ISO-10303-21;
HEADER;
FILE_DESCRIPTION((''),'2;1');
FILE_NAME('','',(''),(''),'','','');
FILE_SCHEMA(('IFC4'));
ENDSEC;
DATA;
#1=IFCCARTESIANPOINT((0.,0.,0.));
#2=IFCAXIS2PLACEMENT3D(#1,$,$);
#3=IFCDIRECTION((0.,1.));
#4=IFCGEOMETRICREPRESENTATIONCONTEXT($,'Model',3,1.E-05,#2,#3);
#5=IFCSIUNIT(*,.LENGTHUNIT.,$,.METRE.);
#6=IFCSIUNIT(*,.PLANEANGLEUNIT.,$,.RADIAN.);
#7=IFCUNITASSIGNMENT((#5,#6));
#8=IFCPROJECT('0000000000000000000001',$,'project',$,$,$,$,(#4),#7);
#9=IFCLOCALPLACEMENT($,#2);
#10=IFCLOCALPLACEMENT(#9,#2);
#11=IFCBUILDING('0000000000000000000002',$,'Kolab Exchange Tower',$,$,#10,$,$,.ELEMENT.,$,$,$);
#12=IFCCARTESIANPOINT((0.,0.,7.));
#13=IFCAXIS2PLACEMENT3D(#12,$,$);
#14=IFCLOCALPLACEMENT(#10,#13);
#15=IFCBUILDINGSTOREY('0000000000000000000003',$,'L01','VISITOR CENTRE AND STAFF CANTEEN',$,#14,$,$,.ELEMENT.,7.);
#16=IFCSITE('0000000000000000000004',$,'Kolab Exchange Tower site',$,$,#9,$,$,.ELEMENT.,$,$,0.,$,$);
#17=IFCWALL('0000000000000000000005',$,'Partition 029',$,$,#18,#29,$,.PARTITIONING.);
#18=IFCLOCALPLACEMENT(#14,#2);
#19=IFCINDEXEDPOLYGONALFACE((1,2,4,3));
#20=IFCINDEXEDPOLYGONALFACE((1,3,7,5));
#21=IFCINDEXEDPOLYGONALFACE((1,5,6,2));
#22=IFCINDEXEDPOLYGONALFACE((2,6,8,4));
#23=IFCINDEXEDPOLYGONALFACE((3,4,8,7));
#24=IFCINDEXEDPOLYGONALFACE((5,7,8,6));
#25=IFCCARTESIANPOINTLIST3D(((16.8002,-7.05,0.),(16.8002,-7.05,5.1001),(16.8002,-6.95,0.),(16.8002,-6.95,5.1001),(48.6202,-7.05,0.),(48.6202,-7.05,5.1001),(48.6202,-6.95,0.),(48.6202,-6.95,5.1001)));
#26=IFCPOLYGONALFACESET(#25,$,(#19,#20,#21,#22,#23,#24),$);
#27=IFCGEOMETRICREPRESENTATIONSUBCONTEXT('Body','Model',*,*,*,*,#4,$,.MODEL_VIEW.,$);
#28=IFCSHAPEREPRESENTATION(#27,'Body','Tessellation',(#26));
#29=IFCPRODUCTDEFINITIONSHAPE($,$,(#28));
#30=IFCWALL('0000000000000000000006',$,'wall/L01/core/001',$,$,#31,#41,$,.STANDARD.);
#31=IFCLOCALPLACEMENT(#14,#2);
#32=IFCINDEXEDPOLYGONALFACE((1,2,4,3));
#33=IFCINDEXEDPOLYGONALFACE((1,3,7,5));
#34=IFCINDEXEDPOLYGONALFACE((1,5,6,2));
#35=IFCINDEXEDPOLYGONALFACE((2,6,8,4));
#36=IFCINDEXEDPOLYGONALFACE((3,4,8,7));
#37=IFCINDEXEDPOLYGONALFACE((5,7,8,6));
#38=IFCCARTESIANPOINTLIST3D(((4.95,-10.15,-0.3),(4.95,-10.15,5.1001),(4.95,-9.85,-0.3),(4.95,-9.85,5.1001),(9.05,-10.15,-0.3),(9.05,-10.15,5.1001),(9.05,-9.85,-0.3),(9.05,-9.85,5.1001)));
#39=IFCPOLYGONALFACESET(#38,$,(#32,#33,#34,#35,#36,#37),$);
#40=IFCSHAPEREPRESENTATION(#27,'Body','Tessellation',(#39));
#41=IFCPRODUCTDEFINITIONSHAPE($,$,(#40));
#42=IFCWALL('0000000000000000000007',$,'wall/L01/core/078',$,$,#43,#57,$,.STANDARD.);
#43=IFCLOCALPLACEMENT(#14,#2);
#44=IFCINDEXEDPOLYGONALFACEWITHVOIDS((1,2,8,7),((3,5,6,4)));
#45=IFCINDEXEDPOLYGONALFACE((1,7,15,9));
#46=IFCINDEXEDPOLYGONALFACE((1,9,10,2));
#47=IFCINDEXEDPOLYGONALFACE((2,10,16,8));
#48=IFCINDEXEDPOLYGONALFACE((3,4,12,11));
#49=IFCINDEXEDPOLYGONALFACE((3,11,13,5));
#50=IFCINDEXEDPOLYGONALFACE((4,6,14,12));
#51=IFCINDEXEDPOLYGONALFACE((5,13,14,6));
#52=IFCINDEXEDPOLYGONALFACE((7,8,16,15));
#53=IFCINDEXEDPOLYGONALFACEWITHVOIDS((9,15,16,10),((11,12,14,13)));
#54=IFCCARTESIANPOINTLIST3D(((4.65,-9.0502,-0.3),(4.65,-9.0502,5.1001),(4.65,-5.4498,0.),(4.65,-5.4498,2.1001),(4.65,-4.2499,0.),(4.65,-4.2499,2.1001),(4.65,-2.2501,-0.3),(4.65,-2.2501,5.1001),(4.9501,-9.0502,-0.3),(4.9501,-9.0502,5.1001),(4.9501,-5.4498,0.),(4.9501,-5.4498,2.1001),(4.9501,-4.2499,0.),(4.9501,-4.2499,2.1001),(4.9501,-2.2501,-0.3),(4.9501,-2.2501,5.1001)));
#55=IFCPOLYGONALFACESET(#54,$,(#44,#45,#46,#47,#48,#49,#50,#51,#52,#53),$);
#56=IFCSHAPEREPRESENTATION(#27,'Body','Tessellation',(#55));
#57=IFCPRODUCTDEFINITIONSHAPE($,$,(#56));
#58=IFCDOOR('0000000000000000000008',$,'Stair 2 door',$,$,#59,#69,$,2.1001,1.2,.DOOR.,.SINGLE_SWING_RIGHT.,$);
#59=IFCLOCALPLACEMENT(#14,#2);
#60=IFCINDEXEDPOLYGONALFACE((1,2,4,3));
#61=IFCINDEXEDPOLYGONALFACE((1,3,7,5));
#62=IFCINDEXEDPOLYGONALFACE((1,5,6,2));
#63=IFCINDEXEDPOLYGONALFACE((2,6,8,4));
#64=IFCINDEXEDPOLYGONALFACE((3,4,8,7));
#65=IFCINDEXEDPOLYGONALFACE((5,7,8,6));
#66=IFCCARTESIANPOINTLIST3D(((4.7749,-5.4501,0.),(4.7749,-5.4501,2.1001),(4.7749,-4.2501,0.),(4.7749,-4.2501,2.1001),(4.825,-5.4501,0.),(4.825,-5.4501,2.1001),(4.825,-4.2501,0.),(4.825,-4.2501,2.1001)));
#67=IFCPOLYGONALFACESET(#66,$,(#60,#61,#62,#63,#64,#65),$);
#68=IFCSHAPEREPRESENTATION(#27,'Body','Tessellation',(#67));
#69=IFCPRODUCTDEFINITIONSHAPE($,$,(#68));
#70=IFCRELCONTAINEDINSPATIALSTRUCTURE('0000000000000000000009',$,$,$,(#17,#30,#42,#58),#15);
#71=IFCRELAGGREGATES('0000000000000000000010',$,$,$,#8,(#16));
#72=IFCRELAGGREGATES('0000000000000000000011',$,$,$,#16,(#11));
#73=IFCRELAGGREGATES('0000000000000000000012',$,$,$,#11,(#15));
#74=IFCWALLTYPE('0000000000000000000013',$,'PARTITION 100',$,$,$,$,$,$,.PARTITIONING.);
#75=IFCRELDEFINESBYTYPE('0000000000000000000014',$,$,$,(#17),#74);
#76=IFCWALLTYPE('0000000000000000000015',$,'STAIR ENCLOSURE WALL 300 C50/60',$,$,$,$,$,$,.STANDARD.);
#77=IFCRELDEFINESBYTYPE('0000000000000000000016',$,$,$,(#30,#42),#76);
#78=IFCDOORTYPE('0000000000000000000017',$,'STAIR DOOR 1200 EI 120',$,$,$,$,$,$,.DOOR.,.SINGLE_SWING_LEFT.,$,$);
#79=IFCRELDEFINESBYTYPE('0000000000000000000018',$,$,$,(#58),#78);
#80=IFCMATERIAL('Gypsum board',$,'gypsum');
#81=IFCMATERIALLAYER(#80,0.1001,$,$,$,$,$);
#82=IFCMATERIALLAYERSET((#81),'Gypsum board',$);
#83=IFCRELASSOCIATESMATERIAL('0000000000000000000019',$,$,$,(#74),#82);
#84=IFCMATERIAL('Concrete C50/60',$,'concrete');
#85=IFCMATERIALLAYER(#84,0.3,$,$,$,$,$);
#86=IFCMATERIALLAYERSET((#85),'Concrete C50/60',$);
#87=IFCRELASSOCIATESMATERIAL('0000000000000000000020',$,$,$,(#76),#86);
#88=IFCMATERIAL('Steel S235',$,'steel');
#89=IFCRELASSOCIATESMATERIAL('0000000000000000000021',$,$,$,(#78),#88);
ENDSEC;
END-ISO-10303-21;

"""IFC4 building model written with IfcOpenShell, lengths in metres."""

from ifc_helpers import new_model, si_unit, direction, frame, frame_2d, origin, place, context, subcontext, project, spatial, rectangle, extrude, material, layer, layer_set, type_object, element, fill, save


model = new_model("IFC4")

# Units and contexts
model_context = context("Model", 3, precision=1e-05, world=origin(), true_north=direction((0.0, 1.0)))
body_context = subcontext(model_context, "Body", "Model", "MODEL_VIEW")
ifc_project = project(units=[si_unit("LENGTHUNIT", "METRE"), si_unit("PLANEANGLEUNIT", "RADIAN")], contexts=[model_context])

# Site, building, storey
site_placement = place(None, origin())
site = spatial("IfcSite", under=ifc_project, at=site_placement, Name="Kolab Exchange Tower site", CompositionType="ELEMENT", RefElevation=0.0)
building_placement = place(site_placement, origin())
building = spatial("IfcBuilding", under=site, at=building_placement, Name="Kolab Exchange Tower", CompositionType="ELEMENT")
storey_placement = place(building_placement, frame((0.0, 0.0, 7.0)))
storey = spatial("IfcBuildingStorey", under=building, at=storey_placement, Name="L01", Description="VISITOR CENTRE AND STAFF CANTEEN", CompositionType="ELEMENT", Elevation=7.0)

# Shared definitions
ifc_material_1 = material(Name="Steel S235", Category="steel")

# Shared definitions
ifc_material_2 = material(Name="Concrete C50/60", Category="concrete")

# Walls
ifc_material_3 = material(Name="Gypsum board", Category="gypsum")
ifc_layer_1 = layer(ifc_material_3, 0.1001)
ifc_layer_set_1 = layer_set([ifc_layer_1], Name="Gypsum board")
wall_type_1 = type_object("IfcWallType", Name="PARTITION 100", PredefinedType="PARTITIONING", material=ifc_layer_set_1)
wall_1_placement = place(storey_placement, frame((16.8, -7.0, 0.0), z_axis=(0.0, 0.0, 1.0), x_axis=(1.0, 0.0, 0.0)))
element("IfcWall", 1, at=wall_1_placement, inside=storey, type_object=wall_type_1, Name="Partition 029", PredefinedType="PARTITIONING", context=body_context, shape_type="SweptSolid", body=[
    extrude(rectangle(XDim=31.8201, YDim=0.1001, at=frame_2d((15.9102, 0.0))), origin(), (0.0, 0.0, 1.0), 5.1001),
])
ifc_layer_2 = layer(ifc_material_2, 0.3)
ifc_layer_set_2 = layer_set([ifc_layer_2], Name="Concrete C50/60")
wall_type_2 = type_object("IfcWallType", Name="STAIR ENCLOSURE WALL 300 C50/60", PredefinedType="STANDARD", material=ifc_layer_set_2)
wall_2_placement = place(storey_placement, frame((4.95, -10.0, -0.3), z_axis=(0.0, 0.0, 1.0), x_axis=(1.0, 0.0, 0.0)))
element("IfcWall", 2, at=wall_2_placement, inside=storey, type_object=wall_type_2, Name="wall/L01/core/001", PredefinedType="STANDARD", context=body_context, shape_type="SweptSolid", body=[
    extrude(rectangle(XDim=4.1001, YDim=0.3, at=frame_2d((2.05, 0.0))), origin(), (0.0, 0.0, 1.0), 5.4001),
])

# Wall, opening, door
wall_3_placement = place(storey_placement, frame((4.8, -9.05, -0.3), z_axis=(0.0, 0.0, 1.0), x_axis=(0.0, 1.0, 0.0)))
wall_3 = element("IfcWall", 3, at=wall_3_placement, inside=storey, type_object=wall_type_2, Name="wall/L01/core/078", PredefinedType="STANDARD", context=body_context, shape_type="SweptSolid", body=[
    extrude(rectangle(XDim=6.8, YDim=0.3, at=frame_2d((3.3999, 0.0))), origin(), (0.0, 0.0, 1.0), 5.4001),
])
opening_1_placement = place(wall_3_placement, frame((3.6001, 0.0, 0.3)))
opening_1 = element("IfcOpeningElement", 4, at=opening_1_placement, cuts=wall_3, PredefinedType="OPENING", context=body_context, shape_type="SweptSolid", body=[
    extrude(rectangle(XDim=1.2, YDim=2.1001, at=frame_2d((0.6001, 1.05))), frame((0.0, 0.1602, 0.0), z_axis=(0.0, -1.0, 0.0), x_axis=(1.0, 0.0, 0.0)), (0.0, 0.0, 1.0), 0.3201),
])
door_type_1 = type_object("IfcDoorType", Name="STAIR DOOR 1200 EI 120", OperationType="SINGLE_SWING_LEFT", PredefinedType="DOOR", material=ifc_material_1)
door_1_placement = place(opening_1_placement, frame((1.2, 0.0, 0.0), z_axis=(0.0, 0.0, 1.0), x_axis=(-1.0, 0.0, 0.0)))
door_1 = element("IfcDoor", 5, at=door_1_placement, inside=storey, type_object=door_type_1, Name="Stair 2 door", OperationType="SINGLE_SWING_RIGHT", OverallHeight=2.1001, OverallWidth=1.2, PredefinedType="DOOR", context=body_context, shape_type="SweptSolid", body=[
    extrude(rectangle(XDim=1.2, YDim=2.1001, at=frame_2d((0.6001, 1.05))), frame((0.0, 0.0249, 0.0), z_axis=(0.0, -1.0, 0.0), x_axis=(1.0, 0.0, 0.0)), (0.0, 0.0, 1.0), 0.05),
])
fill(opening_1, door_1)

save(model, "model.ifc")
